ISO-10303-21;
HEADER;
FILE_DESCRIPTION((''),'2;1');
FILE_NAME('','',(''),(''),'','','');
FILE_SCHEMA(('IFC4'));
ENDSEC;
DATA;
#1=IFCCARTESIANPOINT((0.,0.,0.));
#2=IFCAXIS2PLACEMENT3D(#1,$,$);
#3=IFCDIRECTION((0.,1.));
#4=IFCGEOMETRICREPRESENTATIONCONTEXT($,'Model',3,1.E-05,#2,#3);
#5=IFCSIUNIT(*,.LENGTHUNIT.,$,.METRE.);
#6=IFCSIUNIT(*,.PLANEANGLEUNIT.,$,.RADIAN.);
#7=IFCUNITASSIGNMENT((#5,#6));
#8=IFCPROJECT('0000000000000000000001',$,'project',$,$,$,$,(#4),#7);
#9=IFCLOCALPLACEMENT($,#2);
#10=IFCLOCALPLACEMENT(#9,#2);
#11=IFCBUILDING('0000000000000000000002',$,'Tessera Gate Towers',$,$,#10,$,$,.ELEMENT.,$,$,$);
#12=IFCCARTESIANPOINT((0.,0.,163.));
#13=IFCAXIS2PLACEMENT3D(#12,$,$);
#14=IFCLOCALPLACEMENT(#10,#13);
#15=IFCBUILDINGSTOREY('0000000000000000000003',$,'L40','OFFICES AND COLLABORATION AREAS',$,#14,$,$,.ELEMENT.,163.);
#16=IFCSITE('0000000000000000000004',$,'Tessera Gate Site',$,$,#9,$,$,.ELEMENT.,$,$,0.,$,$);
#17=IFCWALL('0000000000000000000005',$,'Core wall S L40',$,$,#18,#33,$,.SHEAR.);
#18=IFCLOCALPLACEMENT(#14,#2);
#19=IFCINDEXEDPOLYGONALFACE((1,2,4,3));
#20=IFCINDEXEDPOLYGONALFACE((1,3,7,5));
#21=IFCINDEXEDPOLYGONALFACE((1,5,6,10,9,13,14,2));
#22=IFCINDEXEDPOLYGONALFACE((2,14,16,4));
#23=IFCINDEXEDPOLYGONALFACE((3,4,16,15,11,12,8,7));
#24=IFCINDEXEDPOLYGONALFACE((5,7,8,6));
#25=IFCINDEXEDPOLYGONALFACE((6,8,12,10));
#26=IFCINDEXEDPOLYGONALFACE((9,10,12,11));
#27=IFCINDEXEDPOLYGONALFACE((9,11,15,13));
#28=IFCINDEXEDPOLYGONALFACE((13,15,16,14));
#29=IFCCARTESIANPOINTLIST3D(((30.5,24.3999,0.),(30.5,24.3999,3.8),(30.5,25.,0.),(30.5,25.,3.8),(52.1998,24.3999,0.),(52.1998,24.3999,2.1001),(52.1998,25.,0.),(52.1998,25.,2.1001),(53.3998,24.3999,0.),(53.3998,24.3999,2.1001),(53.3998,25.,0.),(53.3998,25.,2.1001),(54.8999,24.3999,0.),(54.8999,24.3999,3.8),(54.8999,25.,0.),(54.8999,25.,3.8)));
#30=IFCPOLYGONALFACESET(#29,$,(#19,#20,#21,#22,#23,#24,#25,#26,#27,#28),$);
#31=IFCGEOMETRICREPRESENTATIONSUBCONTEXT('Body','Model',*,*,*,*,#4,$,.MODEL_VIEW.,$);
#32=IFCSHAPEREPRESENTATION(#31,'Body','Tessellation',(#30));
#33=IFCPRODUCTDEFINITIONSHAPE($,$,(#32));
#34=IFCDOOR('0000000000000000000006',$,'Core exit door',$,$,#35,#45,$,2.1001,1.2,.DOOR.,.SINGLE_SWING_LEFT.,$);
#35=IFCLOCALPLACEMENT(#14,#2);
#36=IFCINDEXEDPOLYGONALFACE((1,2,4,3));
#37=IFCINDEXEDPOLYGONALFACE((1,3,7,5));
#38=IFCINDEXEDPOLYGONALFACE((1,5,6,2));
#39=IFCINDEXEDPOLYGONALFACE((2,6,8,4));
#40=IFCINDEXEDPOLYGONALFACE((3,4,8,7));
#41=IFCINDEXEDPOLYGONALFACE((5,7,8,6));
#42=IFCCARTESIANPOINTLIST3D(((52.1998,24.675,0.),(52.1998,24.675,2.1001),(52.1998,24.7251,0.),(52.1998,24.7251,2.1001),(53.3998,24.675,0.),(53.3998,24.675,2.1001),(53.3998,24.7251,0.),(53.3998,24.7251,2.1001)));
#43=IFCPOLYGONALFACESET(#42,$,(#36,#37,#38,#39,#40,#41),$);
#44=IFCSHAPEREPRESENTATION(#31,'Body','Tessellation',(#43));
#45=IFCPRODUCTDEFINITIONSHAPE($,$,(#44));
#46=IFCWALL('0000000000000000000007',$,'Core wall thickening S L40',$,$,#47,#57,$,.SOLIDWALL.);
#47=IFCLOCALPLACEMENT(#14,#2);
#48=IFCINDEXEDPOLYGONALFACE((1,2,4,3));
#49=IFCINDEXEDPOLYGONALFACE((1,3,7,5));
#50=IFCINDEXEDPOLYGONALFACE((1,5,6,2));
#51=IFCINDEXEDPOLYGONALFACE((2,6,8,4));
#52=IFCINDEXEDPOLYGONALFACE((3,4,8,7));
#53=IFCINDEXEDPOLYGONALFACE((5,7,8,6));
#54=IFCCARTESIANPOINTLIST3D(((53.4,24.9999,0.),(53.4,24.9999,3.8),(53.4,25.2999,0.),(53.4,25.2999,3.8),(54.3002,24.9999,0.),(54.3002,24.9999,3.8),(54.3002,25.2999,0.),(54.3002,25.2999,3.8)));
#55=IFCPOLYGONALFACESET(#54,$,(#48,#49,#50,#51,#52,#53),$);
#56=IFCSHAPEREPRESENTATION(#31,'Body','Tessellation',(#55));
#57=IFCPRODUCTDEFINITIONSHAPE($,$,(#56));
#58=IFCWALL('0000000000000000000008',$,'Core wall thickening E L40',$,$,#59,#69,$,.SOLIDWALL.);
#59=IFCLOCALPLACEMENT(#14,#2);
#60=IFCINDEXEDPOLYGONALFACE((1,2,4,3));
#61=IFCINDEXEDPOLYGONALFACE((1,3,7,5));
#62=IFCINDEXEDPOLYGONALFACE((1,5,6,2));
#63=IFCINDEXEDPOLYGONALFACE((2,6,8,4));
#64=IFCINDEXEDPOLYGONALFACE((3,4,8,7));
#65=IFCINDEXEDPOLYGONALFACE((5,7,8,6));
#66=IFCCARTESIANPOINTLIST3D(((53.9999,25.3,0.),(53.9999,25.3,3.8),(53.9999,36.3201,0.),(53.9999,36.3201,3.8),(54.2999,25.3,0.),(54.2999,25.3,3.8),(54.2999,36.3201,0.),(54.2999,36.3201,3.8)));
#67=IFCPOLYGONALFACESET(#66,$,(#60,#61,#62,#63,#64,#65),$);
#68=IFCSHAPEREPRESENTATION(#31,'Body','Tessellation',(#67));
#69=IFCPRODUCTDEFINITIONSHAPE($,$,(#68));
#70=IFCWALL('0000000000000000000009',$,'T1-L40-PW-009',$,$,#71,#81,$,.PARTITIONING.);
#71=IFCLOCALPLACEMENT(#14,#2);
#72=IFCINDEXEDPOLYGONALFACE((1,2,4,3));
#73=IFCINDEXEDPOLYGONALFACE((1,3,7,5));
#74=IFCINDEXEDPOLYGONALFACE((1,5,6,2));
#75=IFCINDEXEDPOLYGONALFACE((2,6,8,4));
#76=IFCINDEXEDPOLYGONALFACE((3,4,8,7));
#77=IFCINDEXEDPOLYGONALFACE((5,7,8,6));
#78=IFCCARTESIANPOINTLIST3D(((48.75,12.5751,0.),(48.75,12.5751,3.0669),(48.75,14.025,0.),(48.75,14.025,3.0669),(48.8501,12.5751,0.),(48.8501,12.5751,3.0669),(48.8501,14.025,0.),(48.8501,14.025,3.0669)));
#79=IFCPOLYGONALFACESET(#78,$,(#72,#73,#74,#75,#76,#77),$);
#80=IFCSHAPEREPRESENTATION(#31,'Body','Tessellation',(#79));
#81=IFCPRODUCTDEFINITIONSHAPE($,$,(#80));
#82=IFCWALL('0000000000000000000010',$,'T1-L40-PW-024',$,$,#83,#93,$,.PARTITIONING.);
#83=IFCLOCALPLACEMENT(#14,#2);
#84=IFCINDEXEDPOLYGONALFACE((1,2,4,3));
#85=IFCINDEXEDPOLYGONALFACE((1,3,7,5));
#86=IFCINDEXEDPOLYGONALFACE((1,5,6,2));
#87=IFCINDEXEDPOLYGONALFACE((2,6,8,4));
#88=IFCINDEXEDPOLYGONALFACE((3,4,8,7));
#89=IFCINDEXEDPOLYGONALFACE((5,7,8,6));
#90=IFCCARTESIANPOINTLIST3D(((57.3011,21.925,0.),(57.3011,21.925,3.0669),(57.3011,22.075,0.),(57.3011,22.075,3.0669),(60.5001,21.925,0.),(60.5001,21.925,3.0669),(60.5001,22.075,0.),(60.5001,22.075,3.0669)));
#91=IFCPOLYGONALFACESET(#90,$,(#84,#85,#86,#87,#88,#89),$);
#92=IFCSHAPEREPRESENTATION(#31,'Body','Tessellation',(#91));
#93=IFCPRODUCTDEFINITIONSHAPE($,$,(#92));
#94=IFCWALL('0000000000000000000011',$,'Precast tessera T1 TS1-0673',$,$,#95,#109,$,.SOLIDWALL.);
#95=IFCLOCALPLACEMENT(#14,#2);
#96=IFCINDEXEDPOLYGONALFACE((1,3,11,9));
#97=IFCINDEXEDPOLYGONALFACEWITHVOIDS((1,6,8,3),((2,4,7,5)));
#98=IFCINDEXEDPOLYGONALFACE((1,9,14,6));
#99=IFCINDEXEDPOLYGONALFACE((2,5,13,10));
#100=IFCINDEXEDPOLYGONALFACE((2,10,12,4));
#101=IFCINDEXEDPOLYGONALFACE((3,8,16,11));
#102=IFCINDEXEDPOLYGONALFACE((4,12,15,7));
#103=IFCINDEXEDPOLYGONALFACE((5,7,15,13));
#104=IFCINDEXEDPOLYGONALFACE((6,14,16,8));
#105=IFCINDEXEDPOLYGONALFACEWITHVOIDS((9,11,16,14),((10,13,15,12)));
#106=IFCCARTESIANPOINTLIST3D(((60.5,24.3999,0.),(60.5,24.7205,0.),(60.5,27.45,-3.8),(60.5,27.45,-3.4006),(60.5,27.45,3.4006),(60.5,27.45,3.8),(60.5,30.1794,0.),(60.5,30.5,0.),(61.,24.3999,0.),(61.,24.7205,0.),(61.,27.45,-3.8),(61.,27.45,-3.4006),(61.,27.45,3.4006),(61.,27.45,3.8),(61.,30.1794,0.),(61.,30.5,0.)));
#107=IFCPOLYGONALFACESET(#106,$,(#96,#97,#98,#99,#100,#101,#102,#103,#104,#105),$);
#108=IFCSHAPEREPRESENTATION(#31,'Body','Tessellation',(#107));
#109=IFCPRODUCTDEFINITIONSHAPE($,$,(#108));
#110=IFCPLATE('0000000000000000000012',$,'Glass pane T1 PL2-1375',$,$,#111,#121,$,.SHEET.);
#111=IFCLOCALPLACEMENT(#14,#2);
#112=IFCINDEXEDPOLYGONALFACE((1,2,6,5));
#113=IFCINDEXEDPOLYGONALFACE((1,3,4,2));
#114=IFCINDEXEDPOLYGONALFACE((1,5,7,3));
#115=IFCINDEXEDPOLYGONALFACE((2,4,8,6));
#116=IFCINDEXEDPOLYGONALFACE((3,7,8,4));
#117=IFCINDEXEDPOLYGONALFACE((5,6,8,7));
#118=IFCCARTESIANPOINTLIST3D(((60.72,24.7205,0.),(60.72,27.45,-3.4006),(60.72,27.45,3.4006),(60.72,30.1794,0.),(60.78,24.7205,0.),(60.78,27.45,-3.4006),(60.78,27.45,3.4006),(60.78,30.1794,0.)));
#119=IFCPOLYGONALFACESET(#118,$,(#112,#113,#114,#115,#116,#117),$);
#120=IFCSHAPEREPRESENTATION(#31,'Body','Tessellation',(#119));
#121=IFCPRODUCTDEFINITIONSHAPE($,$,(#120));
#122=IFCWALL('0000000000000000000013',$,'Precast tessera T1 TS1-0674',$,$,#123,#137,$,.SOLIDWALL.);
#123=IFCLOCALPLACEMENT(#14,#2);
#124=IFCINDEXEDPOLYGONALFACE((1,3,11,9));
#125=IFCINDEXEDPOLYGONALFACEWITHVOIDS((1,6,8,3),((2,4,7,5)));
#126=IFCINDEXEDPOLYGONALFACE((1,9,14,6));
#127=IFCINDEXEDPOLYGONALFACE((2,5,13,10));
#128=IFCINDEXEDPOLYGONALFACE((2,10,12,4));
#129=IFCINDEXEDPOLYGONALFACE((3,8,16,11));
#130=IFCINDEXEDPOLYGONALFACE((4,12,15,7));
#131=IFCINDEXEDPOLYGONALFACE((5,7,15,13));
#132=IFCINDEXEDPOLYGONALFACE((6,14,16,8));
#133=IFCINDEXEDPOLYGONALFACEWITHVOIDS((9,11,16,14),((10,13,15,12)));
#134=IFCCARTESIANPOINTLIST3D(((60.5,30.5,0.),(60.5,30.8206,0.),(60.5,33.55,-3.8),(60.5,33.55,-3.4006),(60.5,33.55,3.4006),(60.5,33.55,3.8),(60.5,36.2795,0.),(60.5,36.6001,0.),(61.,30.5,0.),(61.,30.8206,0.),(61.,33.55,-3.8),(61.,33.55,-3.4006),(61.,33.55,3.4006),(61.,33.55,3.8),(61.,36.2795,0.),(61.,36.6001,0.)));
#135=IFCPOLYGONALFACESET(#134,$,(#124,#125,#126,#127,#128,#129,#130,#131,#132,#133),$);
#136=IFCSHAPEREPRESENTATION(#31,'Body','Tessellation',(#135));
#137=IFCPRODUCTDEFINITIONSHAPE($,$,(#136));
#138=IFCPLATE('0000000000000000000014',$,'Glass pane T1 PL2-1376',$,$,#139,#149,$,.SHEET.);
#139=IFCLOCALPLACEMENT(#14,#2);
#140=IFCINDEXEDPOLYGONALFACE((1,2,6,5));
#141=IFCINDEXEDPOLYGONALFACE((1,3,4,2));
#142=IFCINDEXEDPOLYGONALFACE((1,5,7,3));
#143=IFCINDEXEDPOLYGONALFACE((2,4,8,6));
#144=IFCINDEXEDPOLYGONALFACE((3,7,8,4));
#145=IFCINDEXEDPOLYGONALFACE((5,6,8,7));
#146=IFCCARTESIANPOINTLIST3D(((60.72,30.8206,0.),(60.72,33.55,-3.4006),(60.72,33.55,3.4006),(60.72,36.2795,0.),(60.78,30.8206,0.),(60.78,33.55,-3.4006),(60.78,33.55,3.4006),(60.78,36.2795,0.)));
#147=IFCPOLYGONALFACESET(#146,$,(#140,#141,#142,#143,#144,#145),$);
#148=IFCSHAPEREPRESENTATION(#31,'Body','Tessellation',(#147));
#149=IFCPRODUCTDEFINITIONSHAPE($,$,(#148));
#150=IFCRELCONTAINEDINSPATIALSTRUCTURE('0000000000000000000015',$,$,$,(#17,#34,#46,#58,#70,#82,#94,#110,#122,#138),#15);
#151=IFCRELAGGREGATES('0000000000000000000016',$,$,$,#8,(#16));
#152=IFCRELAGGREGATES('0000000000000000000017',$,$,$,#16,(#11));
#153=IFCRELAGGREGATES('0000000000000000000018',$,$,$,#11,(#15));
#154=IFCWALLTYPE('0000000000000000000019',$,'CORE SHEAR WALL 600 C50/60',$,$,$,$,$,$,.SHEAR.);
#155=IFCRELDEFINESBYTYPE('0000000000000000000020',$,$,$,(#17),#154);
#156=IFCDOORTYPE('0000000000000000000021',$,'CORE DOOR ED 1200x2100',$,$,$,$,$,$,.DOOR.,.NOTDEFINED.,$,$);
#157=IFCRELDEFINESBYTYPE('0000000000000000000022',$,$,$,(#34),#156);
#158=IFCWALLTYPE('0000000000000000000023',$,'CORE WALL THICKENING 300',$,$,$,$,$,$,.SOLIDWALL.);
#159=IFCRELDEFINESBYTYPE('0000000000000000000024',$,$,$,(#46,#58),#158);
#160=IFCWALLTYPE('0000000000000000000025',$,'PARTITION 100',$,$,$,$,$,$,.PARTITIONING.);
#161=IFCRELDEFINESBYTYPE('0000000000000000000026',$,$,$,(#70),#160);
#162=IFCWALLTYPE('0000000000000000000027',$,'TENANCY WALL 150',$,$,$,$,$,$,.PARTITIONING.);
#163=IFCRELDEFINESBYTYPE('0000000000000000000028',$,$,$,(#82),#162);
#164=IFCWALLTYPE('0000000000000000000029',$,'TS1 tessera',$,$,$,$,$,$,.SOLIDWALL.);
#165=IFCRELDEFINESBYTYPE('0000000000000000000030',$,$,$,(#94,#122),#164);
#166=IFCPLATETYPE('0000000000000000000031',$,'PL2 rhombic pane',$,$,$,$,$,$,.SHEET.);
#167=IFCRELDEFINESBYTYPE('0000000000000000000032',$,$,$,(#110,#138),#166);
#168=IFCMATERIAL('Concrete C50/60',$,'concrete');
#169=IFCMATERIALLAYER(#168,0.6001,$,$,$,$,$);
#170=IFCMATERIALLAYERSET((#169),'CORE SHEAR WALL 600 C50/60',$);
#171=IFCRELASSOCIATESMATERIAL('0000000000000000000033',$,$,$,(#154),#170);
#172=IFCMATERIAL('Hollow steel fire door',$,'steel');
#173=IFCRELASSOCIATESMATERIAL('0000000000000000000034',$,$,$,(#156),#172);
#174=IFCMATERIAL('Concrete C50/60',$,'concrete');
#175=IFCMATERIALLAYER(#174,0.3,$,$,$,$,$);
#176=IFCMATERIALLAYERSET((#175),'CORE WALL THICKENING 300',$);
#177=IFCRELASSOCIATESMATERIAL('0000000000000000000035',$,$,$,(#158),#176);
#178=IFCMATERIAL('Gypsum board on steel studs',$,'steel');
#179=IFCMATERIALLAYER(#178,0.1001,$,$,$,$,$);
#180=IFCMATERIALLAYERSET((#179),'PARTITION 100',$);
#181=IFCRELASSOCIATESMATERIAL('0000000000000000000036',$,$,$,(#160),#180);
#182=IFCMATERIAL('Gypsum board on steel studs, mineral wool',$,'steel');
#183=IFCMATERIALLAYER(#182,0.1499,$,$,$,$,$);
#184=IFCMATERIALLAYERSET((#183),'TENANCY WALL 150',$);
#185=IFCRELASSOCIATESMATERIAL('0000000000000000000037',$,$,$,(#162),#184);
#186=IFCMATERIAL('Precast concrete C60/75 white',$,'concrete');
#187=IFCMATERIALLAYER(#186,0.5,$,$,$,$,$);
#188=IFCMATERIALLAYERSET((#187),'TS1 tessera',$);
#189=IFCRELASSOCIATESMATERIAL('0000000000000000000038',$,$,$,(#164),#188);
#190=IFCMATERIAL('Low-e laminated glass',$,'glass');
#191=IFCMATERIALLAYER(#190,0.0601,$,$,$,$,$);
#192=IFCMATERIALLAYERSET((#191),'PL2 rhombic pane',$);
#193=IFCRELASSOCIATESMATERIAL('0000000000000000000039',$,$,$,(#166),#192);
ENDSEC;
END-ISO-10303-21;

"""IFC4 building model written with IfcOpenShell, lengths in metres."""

from ifc_helpers import new_model, si_unit, direction, frame, frame_2d, origin, place, context, subcontext, project, spatial, polyline, rectangle, outline, extrude, source, transform, mapped, material, layer, layer_set, type_object, element, fill, save


model = new_model("IFC4")

# Units and contexts
model_context = context("Model", 3, precision=1e-05, world=origin(), true_north=direction((0.0, 1.0)))
body_context = subcontext(model_context, "Body", "Model", "MODEL_VIEW")
ifc_project = project(units=[si_unit("LENGTHUNIT", "METRE"), si_unit("PLANEANGLEUNIT", "RADIAN")], contexts=[model_context])

# Site, building, storey
site_placement = place(None, origin())
site = spatial("IfcSite", under=ifc_project, at=site_placement, Name="Tessera Gate Site", CompositionType="ELEMENT", RefElevation=0.0)
building_placement = place(site_placement, origin())
building = spatial("IfcBuilding", under=site, at=building_placement, Name="Tessera Gate Towers", CompositionType="ELEMENT")
storey_placement = place(building_placement, frame((0.0, 0.0, 163.0)))
storey = spatial("IfcBuildingStorey", under=building, at=storey_placement, Name="L40", Description="OFFICES AND COLLABORATION AREAS", CompositionType="ELEMENT", Elevation=163.0)

# Wall, opening, door
shared_shape_1 = source(origin(), body_context, "Body", "SweptSolid", [
    extrude(rectangle(XDim=1.2, YDim=2.1001, at=frame_2d((0.6001, 1.05))), frame((0.0, 0.0249, 0.0), z_axis=(0.0, -1.0, 0.0), x_axis=(1.0, 0.0, 0.0)), (0.0, 0.0, 1.0), 0.05),
])
ifc_material_1 = material(Name="Concrete C50/60", Category="concrete")
ifc_layer_1 = layer(ifc_material_1, 0.6001)
ifc_layer_set_1 = layer_set([ifc_layer_1], Name="CORE SHEAR WALL 600 C50/60")
wall_type_1 = type_object("IfcWallType", Name="CORE SHEAR WALL 600 C50/60", PredefinedType="SHEAR", material=ifc_layer_set_1)
wall_1_placement = place(storey_placement, frame((54.8999, 24.7, 0.0), z_axis=(0.0, 0.0, 1.0), x_axis=(-1.0, 0.0, 0.0)))
wall_1 = element("IfcWall", 1, at=wall_1_placement, inside=storey, type_object=wall_type_1, Name="Core wall S L40", PredefinedType="SHEAR", context=body_context, shape_type="SweptSolid", body=[
    extrude(rectangle(XDim=24.3999, YDim=0.6001, at=frame_2d((12.2, 0.0))), origin(), (0.0, 0.0, 1.0), 3.8),
])
shared_shape_2 = source(origin(), body_context, "Body", "SweptSolid", [
    extrude(rectangle(XDim=1.2, YDim=2.1001, at=frame_2d((0.6001, 1.05))), frame((0.0, 0.3101, 0.0), z_axis=(0.0, -1.0, 0.0), x_axis=(1.0, 0.0, 0.0)), (0.0, 0.0, 1.0), 0.6201),
])
opening_1_placement = place(wall_1_placement, frame((1.5, 0.0, 0.0)))
opening_1 = element("IfcOpeningElement", 2, at=opening_1_placement, cuts=wall_1, PredefinedType="OPENING", context=body_context, shape_type="MappedRepresentation", body=[
    mapped(shared_shape_2, transform((0.0, 0.0, 0.0), scale=1.0)),
])
ifc_material_2 = material(Name="Hollow steel fire door", Category="steel")
door_type_1 = type_object("IfcDoorType", Name="CORE DOOR ED 1200x2100", OperationType="NOTDEFINED", PredefinedType="DOOR", material=ifc_material_2)
door_1_placement = place(opening_1_placement, origin())
door_1 = element("IfcDoor", 3, at=door_1_placement, inside=storey, type_object=door_type_1, Name="Core exit door", OperationType="SINGLE_SWING_LEFT", OverallHeight=2.1001, OverallWidth=1.2, PredefinedType="DOOR", context=body_context, shape_type="MappedRepresentation", body=[
    mapped(shared_shape_1, transform((0.0, 0.0, 0.0), scale=1.0)),
])
fill(opening_1, door_1)

# Walls
ifc_material_3 = material(Name="Concrete C50/60", Category="concrete")
ifc_layer_2 = layer(ifc_material_3, 0.3)
ifc_layer_set_2 = layer_set([ifc_layer_2], Name="CORE WALL THICKENING 300")
wall_type_2 = type_object("IfcWallType", Name="CORE WALL THICKENING 300", PredefinedType="SOLIDWALL", material=ifc_layer_set_2)
wall_2_placement = place(storey_placement, frame((53.3999, 25.1499, 0.0), z_axis=(0.0, 0.0, 1.0), x_axis=(1.0, 0.0, 0.0)))
element("IfcWall", 4, at=wall_2_placement, inside=storey, type_object=wall_type_2, Name="Core wall thickening S L40", PredefinedType="SOLIDWALL", context=body_context, shape_type="SweptSolid", body=[
    extrude(rectangle(XDim=0.9001, YDim=0.3, at=frame_2d((0.4502, 0.0))), origin(), (0.0, 0.0, 1.0), 3.8),
])
wall_3_placement = place(storey_placement, frame((54.1499, 25.3, 0.0), z_axis=(0.0, 0.0, 1.0), x_axis=(0.0, 1.0, 0.0)))
element("IfcWall", 5, at=wall_3_placement, inside=storey, type_object=wall_type_2, Name="Core wall thickening E L40", PredefinedType="SOLIDWALL", context=body_context, shape_type="SweptSolid", body=[
    extrude(rectangle(XDim=11.02, YDim=0.3, at=frame_2d((5.51, 0.0))), origin(), (0.0, 0.0, 1.0), 3.8),
])
ifc_material_4 = material(Name="Gypsum board on steel studs", Category="steel")
ifc_layer_3 = layer(ifc_material_4, 0.1001)
ifc_layer_set_3 = layer_set([ifc_layer_3], Name="PARTITION 100")
wall_type_3 = type_object("IfcWallType", Name="PARTITION 100", PredefinedType="PARTITIONING", material=ifc_layer_set_3)
wall_4_placement = place(storey_placement, frame((48.8, 12.575, 0.0), z_axis=(0.0, 0.0, 1.0), x_axis=(0.0, 1.0, 0.0)))
element("IfcWall", 6, at=wall_4_placement, inside=storey, type_object=wall_type_3, Name="T1-L40-PW-009", PredefinedType="PARTITIONING", context=body_context, shape_type="SweptSolid", body=[
    extrude(rectangle(XDim=1.45, YDim=0.1001, at=frame_2d((0.7251, 0.0))), origin(), (0.0, 0.0, 1.0), 3.0669),
])
ifc_material_5 = material(Name="Gypsum board on steel studs, mineral wool", Category="steel")
ifc_layer_4 = layer(ifc_material_5, 0.1499)
ifc_layer_set_4 = layer_set([ifc_layer_4], Name="TENANCY WALL 150")
wall_type_4 = type_object("IfcWallType", Name="TENANCY WALL 150", PredefinedType="PARTITIONING", material=ifc_layer_set_4)
wall_5_placement = place(storey_placement, frame((57.301, 22.0, 0.0), z_axis=(0.0, 0.0, 1.0), x_axis=(1.0, 0.0, 0.0)))
element("IfcWall", 7, at=wall_5_placement, inside=storey, type_object=wall_type_4, Name="T1-L40-PW-024", PredefinedType="PARTITIONING", context=body_context, shape_type="SweptSolid", body=[
    extrude(rectangle(XDim=3.199, YDim=0.1499, at=frame_2d((1.5996, 0.0))), origin(), (0.0, 0.0, 1.0), 3.0669),
])

# Walls, openings, plates
ifc_material_6 = material(Name="Precast concrete C60/75 white", Category="concrete")
ifc_layer_5 = layer(ifc_material_6, 0.5)
ifc_layer_set_5 = layer_set([ifc_layer_5], Name="TS1 tessera")
wall_type_5 = type_object("IfcWallType", Name="TS1 tessera", PredefinedType="SOLIDWALL", material=ifc_layer_set_5)
shared_shape_3 = source(origin(), body_context, "Body", "SweptSolid", [
    extrude(outline(polyline([(3.05, 0.0), (6.1001, 3.8), (3.05, 7.6001), (0.0, 3.8), (3.05, 0.0)])), frame((0.0, 0.25, 0.0), z_axis=(0.0, -1.0, 0.0), x_axis=(1.0, 0.0, 0.0)), (0.0, 0.0, 1.0), 0.5),
])
wall_6_placement = place(storey_placement, frame((60.75, 24.3999, -3.8), z_axis=(0.0, 0.0, 1.0), x_axis=(0.0, 1.0, 0.0)))
wall_6 = element("IfcWall", 8, at=wall_6_placement, inside=storey, type_object=wall_type_5, Name="Precast tessera T1 TS1-0673", PredefinedType="SOLIDWALL", context=body_context, shape_type="MappedRepresentation", body=[
    mapped(shared_shape_3, transform((0.0, 0.0, 0.0), scale=1.0)),
])
shared_shape_4 = source(origin(), body_context, "Body", "SweptSolid", [
    extrude(outline(polyline([(3.05, 0.3994), (5.7795, 3.8), (3.05, 7.2007), (0.3206, 3.8), (3.05, 0.3994)])), frame((0.0, 0.26, 0.0), z_axis=(0.0, -1.0, 0.0), x_axis=(1.0, 0.0, 0.0)), (0.0, 0.0, 1.0), 0.52),
])
opening_2_placement = place(wall_6_placement, origin())
opening_2 = element("IfcOpeningElement", 9, at=opening_2_placement, cuts=wall_6, PredefinedType="OPENING", context=body_context, shape_type="MappedRepresentation", body=[
    mapped(shared_shape_4, transform((0.0, 0.0, 0.0), scale=1.0)),
])
ifc_material_7 = material(Name="Low-e laminated glass", Category="glass")
ifc_layer_6 = layer(ifc_material_7, 0.0601)
ifc_layer_set_6 = layer_set([ifc_layer_6], Name="PL2 rhombic pane")
plate_type = type_object("IfcPlateType", Name="PL2 rhombic pane", PredefinedType="SHEET", material=ifc_layer_set_6)
shared_shape_5 = source(origin(), body_context, "Body", "SweptSolid", [
    extrude(outline(polyline([(3.05, 0.3994), (5.7795, 3.8), (3.05, 7.2007), (0.3206, 3.8), (3.05, 0.3994)])), frame((0.0, 0.03, 0.0), z_axis=(0.0, -1.0, 0.0), x_axis=(1.0, 0.0, 0.0)), (0.0, 0.0, 1.0), 0.0601),
])
plate_1_placement = place(opening_2_placement, origin())
plate_1 = element("IfcPlate", 10, at=plate_1_placement, inside=storey, type_object=plate_type, Name="Glass pane T1 PL2-1375", PredefinedType="SHEET", context=body_context, shape_type="MappedRepresentation", body=[
    mapped(shared_shape_5, transform((0.0, 0.0, 0.0), scale=1.0)),
])
fill(opening_2, plate_1)
wall_7_placement = place(storey_placement, frame((60.75, 30.5, -3.8), z_axis=(0.0, 0.0, 1.0), x_axis=(0.0, 1.0, 0.0)))
wall_7 = element("IfcWall", 11, at=wall_7_placement, inside=storey, type_object=wall_type_5, Name="Precast tessera T1 TS1-0674", PredefinedType="SOLIDWALL", context=body_context, shape_type="MappedRepresentation", body=[
    mapped(shared_shape_3, transform((0.0, 0.0, 0.0), scale=1.0)),
])
opening_3_placement = place(wall_7_placement, origin())
opening_3 = element("IfcOpeningElement", 12, at=opening_3_placement, cuts=wall_7, PredefinedType="OPENING", context=body_context, shape_type="MappedRepresentation", body=[
    mapped(shared_shape_4, transform((0.0, 0.0, 0.0), scale=1.0)),
])
plate_2_placement = place(opening_3_placement, origin())
plate_2 = element("IfcPlate", 13, at=plate_2_placement, inside=storey, type_object=plate_type, Name="Glass pane T1 PL2-1376", PredefinedType="SHEET", context=body_context, shape_type="MappedRepresentation", body=[
    mapped(shared_shape_5, transform((0.0, 0.0, 0.0), scale=1.0)),
])
fill(opening_3, plate_2)

save(model, "model.ifc")
